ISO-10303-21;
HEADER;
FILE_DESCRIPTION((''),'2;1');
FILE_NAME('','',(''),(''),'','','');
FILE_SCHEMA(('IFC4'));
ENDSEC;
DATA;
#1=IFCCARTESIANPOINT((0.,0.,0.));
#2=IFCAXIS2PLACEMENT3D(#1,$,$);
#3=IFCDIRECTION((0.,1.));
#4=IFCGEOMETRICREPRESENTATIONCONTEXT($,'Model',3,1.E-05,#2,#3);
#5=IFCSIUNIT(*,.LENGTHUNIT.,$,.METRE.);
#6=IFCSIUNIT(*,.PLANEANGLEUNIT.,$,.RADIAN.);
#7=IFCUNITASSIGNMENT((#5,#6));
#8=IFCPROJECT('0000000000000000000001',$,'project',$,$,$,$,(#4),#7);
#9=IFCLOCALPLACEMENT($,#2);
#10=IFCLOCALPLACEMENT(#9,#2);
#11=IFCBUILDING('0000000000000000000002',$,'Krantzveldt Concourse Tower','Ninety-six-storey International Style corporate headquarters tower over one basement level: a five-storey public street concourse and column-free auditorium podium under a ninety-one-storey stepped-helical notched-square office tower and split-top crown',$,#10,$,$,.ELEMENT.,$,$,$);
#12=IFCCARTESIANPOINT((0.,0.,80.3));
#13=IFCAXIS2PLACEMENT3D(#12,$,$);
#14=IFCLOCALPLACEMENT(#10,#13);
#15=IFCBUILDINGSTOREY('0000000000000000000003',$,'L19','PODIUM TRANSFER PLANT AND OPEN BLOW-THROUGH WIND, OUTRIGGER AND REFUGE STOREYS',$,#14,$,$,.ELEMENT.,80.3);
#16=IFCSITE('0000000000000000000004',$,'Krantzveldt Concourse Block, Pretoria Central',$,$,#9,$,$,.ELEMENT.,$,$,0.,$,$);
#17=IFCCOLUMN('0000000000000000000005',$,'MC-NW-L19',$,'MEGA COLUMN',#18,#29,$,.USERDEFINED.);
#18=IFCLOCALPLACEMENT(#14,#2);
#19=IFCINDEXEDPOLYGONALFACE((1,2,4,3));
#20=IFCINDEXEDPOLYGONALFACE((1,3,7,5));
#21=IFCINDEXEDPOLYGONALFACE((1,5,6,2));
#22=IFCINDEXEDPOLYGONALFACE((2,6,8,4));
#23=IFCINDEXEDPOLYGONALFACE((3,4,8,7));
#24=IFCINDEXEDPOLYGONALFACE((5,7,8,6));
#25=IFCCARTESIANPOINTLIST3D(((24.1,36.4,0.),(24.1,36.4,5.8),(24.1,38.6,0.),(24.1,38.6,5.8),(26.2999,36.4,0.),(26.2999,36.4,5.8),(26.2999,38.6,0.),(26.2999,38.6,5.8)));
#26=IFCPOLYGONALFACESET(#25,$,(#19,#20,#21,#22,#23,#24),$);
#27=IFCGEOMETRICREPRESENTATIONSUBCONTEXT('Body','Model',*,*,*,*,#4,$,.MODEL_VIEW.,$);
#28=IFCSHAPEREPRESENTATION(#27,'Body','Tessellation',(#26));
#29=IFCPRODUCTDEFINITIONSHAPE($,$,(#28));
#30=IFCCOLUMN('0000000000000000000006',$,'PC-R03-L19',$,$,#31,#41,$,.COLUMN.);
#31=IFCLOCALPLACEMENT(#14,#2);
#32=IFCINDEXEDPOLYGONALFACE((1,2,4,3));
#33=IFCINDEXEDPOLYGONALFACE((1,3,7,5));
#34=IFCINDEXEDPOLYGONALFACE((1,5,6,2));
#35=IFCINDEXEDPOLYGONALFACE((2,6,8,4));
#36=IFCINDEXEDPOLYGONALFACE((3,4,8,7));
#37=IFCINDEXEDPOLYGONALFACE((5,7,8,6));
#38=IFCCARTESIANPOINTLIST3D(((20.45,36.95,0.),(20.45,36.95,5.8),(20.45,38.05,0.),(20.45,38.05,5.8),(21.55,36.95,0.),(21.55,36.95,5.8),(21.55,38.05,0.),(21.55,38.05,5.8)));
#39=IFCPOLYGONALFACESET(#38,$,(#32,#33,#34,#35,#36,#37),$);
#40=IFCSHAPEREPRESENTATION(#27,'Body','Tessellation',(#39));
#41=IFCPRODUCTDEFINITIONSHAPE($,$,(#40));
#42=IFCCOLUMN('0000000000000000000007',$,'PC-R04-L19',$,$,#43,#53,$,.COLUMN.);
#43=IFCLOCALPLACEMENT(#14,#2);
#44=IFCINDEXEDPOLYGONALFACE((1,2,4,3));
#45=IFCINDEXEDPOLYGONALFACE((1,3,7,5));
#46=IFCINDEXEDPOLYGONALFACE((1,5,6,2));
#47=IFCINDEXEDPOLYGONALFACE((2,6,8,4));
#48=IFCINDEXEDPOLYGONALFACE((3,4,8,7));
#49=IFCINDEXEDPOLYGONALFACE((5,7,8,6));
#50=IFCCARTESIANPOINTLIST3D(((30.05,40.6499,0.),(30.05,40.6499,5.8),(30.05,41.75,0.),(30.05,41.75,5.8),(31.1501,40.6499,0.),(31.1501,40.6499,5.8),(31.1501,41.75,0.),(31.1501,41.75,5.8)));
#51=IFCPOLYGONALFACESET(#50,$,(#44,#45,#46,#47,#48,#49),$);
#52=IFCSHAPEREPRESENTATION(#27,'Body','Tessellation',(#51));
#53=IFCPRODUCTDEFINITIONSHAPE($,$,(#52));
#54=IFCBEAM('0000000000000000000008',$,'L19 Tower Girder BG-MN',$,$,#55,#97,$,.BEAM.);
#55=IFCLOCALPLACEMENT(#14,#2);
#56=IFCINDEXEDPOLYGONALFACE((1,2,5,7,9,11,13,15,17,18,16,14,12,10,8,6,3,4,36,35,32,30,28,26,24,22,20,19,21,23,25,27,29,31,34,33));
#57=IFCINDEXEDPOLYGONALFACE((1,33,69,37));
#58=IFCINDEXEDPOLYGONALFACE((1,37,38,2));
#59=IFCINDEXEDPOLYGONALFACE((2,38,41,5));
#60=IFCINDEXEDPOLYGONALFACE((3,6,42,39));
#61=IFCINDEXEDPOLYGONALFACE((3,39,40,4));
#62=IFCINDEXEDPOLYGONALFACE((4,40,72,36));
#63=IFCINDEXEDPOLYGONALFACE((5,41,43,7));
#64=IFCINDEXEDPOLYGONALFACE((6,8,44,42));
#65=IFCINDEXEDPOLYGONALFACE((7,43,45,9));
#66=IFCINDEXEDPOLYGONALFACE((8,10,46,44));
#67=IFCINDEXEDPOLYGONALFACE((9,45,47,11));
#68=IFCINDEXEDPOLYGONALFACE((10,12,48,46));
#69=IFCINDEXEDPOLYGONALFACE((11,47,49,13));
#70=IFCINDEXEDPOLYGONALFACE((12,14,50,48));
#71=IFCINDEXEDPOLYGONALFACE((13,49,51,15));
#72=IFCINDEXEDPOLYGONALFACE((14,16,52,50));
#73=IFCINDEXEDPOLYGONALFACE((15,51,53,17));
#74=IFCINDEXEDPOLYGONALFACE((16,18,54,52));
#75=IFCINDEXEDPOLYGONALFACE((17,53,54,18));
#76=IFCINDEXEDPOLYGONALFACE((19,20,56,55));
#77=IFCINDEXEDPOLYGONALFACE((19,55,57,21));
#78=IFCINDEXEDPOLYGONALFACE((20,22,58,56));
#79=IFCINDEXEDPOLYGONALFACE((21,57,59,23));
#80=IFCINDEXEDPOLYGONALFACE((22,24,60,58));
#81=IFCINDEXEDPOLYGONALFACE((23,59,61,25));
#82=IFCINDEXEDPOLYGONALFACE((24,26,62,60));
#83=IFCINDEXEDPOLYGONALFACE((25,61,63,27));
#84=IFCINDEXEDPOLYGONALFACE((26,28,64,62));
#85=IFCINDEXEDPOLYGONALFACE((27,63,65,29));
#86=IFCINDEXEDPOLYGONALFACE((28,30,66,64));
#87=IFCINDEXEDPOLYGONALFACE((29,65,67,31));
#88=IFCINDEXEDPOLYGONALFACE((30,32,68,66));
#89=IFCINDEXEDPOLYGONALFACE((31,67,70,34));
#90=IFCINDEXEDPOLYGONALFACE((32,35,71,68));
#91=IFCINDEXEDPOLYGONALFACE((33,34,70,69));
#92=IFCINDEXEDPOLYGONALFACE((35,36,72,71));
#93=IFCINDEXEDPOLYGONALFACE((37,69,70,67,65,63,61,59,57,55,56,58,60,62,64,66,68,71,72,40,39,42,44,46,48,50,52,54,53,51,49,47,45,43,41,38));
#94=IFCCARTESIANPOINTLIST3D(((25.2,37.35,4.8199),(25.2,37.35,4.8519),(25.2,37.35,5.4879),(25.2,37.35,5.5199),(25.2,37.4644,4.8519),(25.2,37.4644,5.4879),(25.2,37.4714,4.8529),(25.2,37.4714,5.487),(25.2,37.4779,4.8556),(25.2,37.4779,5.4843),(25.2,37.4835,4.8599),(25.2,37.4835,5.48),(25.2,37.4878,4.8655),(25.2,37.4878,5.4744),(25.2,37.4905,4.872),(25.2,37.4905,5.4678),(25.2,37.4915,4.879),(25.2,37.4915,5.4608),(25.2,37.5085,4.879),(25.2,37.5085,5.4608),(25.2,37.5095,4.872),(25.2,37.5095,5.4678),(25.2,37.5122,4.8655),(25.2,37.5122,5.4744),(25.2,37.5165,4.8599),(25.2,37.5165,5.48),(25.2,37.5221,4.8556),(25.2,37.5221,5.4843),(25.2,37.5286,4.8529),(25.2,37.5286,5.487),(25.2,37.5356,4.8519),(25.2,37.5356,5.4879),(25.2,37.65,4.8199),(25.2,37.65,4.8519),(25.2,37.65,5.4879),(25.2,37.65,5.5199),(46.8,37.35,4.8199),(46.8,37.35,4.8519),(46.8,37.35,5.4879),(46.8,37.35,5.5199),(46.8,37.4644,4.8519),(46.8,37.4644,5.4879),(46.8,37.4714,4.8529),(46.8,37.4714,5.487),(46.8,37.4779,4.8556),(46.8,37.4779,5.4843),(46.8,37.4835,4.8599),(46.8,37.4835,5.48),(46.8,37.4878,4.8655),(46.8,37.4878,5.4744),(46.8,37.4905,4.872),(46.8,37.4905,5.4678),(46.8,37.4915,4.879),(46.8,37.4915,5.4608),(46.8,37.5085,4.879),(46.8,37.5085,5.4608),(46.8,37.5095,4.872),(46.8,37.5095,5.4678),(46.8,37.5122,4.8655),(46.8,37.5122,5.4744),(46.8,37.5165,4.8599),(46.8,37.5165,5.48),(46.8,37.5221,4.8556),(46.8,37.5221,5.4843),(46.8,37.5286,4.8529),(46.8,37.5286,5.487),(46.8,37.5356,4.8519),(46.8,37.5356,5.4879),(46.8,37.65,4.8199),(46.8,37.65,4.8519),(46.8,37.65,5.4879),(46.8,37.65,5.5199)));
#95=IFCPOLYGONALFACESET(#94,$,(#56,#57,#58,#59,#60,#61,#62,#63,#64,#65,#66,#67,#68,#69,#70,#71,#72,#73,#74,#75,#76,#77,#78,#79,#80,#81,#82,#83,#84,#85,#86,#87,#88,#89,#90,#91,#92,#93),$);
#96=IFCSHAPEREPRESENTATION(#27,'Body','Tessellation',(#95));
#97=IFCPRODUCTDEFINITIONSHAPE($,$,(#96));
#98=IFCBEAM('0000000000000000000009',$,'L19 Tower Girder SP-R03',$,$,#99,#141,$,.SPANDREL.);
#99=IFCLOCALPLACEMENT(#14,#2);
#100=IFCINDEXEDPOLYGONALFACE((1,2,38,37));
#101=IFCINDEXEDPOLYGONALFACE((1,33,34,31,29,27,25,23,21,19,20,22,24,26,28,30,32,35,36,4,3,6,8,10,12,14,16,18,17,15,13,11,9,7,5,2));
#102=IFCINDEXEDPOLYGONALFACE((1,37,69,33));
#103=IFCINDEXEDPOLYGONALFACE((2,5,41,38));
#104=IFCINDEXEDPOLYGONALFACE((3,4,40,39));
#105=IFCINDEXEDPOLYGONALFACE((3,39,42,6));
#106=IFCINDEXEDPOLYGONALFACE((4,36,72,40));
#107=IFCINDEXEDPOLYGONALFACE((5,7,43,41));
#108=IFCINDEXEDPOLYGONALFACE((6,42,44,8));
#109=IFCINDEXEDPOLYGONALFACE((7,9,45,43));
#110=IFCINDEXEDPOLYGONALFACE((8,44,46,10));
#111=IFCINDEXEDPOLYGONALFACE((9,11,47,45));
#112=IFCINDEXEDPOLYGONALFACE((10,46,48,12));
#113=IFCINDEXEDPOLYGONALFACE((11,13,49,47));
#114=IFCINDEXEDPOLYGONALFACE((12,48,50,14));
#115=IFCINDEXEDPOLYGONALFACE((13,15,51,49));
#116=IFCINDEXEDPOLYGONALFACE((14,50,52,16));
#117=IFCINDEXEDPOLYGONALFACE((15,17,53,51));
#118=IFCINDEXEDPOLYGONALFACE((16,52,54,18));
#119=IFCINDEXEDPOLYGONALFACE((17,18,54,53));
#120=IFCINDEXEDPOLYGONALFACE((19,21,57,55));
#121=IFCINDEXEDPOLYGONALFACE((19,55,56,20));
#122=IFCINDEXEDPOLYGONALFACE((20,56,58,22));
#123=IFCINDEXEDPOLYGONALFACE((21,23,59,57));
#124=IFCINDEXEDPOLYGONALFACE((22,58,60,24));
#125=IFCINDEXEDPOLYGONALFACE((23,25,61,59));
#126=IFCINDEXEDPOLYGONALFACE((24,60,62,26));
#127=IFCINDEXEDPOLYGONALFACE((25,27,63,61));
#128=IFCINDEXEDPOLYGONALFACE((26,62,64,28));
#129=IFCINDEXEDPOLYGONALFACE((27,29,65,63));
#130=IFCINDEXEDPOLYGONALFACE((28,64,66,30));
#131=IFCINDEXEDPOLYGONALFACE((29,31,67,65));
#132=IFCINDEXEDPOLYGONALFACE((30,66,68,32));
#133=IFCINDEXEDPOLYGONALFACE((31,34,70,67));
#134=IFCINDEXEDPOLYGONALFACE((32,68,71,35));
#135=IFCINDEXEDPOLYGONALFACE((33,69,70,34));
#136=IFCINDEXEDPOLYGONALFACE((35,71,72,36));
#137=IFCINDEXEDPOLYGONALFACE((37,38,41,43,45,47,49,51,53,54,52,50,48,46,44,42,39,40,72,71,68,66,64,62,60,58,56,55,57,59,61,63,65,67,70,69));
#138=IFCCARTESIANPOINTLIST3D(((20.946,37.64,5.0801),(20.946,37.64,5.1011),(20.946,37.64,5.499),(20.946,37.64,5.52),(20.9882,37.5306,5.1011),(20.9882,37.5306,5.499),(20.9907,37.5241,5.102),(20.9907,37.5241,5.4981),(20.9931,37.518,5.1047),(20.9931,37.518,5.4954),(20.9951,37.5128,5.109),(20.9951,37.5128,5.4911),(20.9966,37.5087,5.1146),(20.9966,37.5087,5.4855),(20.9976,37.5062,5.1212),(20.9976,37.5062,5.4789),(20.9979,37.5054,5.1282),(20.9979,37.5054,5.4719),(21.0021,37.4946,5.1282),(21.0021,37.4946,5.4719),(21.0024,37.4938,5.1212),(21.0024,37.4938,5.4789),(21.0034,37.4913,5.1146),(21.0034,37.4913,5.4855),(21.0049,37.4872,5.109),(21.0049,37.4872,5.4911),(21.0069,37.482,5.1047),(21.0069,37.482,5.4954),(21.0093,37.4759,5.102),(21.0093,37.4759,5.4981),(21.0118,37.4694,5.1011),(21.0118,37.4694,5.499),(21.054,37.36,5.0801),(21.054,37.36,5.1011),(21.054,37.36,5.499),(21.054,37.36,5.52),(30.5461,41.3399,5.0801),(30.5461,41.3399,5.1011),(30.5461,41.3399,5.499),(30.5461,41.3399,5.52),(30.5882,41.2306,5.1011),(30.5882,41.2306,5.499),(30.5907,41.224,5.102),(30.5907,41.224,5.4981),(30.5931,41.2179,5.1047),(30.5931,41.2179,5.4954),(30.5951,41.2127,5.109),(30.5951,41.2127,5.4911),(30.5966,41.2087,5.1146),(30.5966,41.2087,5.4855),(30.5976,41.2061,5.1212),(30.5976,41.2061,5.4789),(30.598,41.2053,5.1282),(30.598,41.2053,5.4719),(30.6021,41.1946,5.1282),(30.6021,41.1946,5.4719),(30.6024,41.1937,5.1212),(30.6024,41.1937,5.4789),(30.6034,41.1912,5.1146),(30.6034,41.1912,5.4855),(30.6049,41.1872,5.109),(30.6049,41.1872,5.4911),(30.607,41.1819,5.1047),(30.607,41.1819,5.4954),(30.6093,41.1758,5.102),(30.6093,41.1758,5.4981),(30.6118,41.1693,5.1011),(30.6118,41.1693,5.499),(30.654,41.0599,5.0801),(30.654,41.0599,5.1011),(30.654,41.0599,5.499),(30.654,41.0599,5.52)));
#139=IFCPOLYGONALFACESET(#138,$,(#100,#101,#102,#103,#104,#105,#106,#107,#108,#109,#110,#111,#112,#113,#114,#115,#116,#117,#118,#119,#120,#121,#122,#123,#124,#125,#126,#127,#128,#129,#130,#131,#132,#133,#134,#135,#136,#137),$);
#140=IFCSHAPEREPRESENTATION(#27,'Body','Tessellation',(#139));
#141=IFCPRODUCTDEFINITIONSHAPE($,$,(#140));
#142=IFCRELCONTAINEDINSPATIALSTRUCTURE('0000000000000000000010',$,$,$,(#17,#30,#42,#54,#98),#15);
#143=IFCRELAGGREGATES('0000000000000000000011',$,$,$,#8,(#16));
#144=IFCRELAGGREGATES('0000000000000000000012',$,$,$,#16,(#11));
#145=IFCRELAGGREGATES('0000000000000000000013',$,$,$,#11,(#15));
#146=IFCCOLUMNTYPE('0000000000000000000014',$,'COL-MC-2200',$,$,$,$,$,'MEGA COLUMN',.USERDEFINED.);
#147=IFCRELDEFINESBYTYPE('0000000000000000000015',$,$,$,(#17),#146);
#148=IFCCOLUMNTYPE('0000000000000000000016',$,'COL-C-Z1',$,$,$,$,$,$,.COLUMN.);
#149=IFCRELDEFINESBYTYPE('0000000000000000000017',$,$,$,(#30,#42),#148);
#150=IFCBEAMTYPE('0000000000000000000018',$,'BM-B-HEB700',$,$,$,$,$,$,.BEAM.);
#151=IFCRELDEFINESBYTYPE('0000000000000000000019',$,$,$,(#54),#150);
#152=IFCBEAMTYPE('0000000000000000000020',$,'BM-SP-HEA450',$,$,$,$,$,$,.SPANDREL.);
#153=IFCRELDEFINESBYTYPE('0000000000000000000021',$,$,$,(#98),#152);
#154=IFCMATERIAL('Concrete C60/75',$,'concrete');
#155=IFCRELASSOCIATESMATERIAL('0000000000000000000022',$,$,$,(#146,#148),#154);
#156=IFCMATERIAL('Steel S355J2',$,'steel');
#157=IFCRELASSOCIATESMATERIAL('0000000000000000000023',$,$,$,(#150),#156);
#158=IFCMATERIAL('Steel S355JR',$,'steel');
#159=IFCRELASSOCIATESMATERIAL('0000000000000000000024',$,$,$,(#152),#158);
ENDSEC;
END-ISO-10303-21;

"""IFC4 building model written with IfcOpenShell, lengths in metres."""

from ifc_helpers import new_model, si_unit, direction, frame, origin, origin_2d, place, context, subcontext, project, spatial, rectangle, i_section, extrude, source, transform, mapped, material, material_profile, profile_set, type_object, type_shapes, element, save


model = new_model("IFC4")

# Units and contexts
model_context = context("Model", 3, precision=1e-05, world=origin(), true_north=direction((0.0, 1.0)))
body_context = subcontext(model_context, "Body", "Model", "MODEL_VIEW")
ifc_project = project(units=[si_unit("LENGTHUNIT", "METRE"), si_unit("PLANEANGLEUNIT", "RADIAN")], contexts=[model_context])

# Site, building, storey
site_placement = place(None, origin())
site = spatial("IfcSite", under=ifc_project, at=site_placement, Name="Krantzveldt Concourse Block, Pretoria Central", CompositionType="ELEMENT", RefElevation=0.0)
building_placement = place(site_placement, origin())
building = spatial("IfcBuilding", under=site, at=building_placement, Name="Krantzveldt Concourse Tower", Description="Ninety-six-storey International Style corporate headquarters tower over one basement level: a five-storey public street concourse and column-free auditorium podium under a ninety-one-storey stepped-helical notched-square office tower and split-top crown", CompositionType="ELEMENT")
storey_placement = place(building_placement, frame((0.0, 0.0, 80.3)))
storey = spatial("IfcBuildingStorey", under=building, at=storey_placement, Name="L19", Description="PODIUM TRANSFER PLANT AND OPEN BLOW-THROUGH WIND, OUTRIGGER AND REFUGE STOREYS", CompositionType="ELEMENT", Elevation=80.3)

# Columns
ifc_material_1 = material(Name="Concrete C60/75", Category="concrete")
ifc_material_profile_1 = material_profile(ifc_material_1, rectangle(XDim=2.2, YDim=2.2, at=origin_2d()), Name="Concrete C60/75", Category="concrete")
ifc_profile_set_1 = profile_set([ifc_material_profile_1], Name="Concrete C60/75 - RC 2200x2200")
column_type_1 = type_object("IfcColumnType", Name="COL-MC-2200", ElementType="MEGA COLUMN", PredefinedType="USERDEFINED", material=ifc_profile_set_1)
shared_shape_1 = source(origin(), body_context, "Body", "SweptSolid", [
    extrude(rectangle(XDim=2.2, YDim=2.2, at=origin_2d()), origin(), (0.0, 0.0, 1.0), 5.8),
])
type_shapes(column_type_1, [shared_shape_1])
column_placement = place(storey_placement, frame((25.2, 37.5, 0.0), z_axis=(0.0, 0.0, 1.0), x_axis=(1.0, 0.0, 0.0)))
element("IfcColumn", 1, at=column_placement, inside=storey, type_object=column_type_1, Name="MC-NW-L19", ObjectType="MEGA COLUMN", PredefinedType="USERDEFINED", context=body_context, shape_type="MappedRepresentation", body=[
    mapped(shared_shape_1, transform((0.0, 0.0, 0.0), x_axis=(1.0, 0.0, 0.0), y_axis=(0.0, 1.0, 0.0), z_axis=(0.0, 0.0, 1.0), scale=1.0)),
])
ifc_material_profile_2 = material_profile(ifc_material_1, rectangle(XDim=1.1001, YDim=1.1001, at=origin_2d()), Name="Concrete C60/75", Category="concrete")
ifc_profile_set_2 = profile_set([ifc_material_profile_2], Name="Concrete C60/75 - RC 1100x1100")
column_type_2 = type_object("IfcColumnType", Name="COL-C-Z1", PredefinedType="COLUMN", material=ifc_profile_set_2)
shared_shape_2 = source(origin(), body_context, "Body", "SweptSolid", [
    extrude(rectangle(XDim=1.1001, YDim=1.1001, at=origin_2d()), origin(), (0.0, 0.0, 1.0), 5.8),
])
type_shapes(column_type_2, [shared_shape_2])
for number, where, z_axis, x_axis, name in (
    (2, (21.0, 37.5, 0.0), (0.0, 0.0, 1.0), (1.0, 0.0, 0.0), "PC-R03-L19"),
    (3, (30.6001, 41.2, 0.0), (0.0, 0.0, 1.0), (1.0, 0.0, 0.0), "PC-R04-L19"),
):
    element("IfcColumn", number, at=place(storey_placement, frame(where, z_axis=z_axis, x_axis=x_axis)), inside=storey, type_object=column_type_2, Name=name, PredefinedType="COLUMN", context=body_context, shape_type="MappedRepresentation", body=[
        mapped(shared_shape_2, transform((0.0, 0.0, 0.0), x_axis=(1.0, 0.0, 0.0), y_axis=(0.0, 1.0, 0.0), z_axis=(0.0, 0.0, 1.0), scale=1.0)),
    ])

# Beams
ifc_material_2 = material(Name="Steel S355J2", Category="steel")
ifc_material_profile_3 = material_profile(ifc_material_2, i_section(OverallWidth=0.3, OverallDepth=0.7, WebThickness=0.0171, FlangeThickness=0.032, FilletRadius=0.0271, at=origin_2d()), Name="Steel S355J2", Category="steel")
ifc_profile_set_3 = profile_set([ifc_material_profile_3], Name="Steel S355J2 - HEB 700")
beam_type_1 = type_object("IfcBeamType", Name="BM-B-HEB700", PredefinedType="BEAM", material=ifc_profile_set_3)
shared_shape_3 = source(origin(), body_context, "Body", "SweptSolid", [
    extrude(i_section(OverallWidth=0.3, OverallDepth=0.7, WebThickness=0.0171, FlangeThickness=0.032, FilletRadius=0.0271, at=origin_2d()), origin(), (0.0, 0.0, 1.0), 21.6001),
])
type_shapes(beam_type_1, [shared_shape_3])
beam_1_placement = place(storey_placement, frame((25.2, 37.5, 5.1699), z_axis=(1.0, 0.0, 0.0), x_axis=(0.0, 1.0, 0.0)))
element("IfcBeam", 4, at=beam_1_placement, inside=storey, type_object=beam_type_1, Name="L19 Tower Girder BG-MN", PredefinedType="BEAM", context=body_context, shape_type="MappedRepresentation", body=[
    mapped(shared_shape_3, transform((0.0, 0.0, 0.0), x_axis=(1.0, 0.0, 0.0), y_axis=(0.0, 1.0, 0.0), z_axis=(0.0, 0.0, 1.0), scale=1.0)),
])
ifc_material_3 = material(Name="Steel S355JR", Category="steel")
ifc_material_profile_4 = material_profile(ifc_material_3, i_section(OverallWidth=0.3, OverallDepth=0.4399, WebThickness=0.0115, FlangeThickness=0.021, FilletRadius=0.0271, at=origin_2d()), Name="Steel S355JR", Category="steel")
ifc_profile_set_4 = profile_set([ifc_material_profile_4], Name="Steel S355JR - HEA 450")
beam_type_2 = type_object("IfcBeamType", Name="BM-SP-HEA450", PredefinedType="SPANDREL", material=ifc_profile_set_4)
shared_shape_4 = source(origin(), body_context, "Body", "SweptSolid", [
    extrude(i_section(OverallWidth=0.3, OverallDepth=0.4399, WebThickness=0.0115, FlangeThickness=0.021, FilletRadius=0.0271, at=origin_2d()), origin(), (0.0, 0.0, 1.0), 10.2883),
])
beam_2_placement = place(storey_placement, frame((21.0, 37.5, 5.3), z_axis=(0.933098, 0.359623, 0.0), x_axis=(-0.359623, 0.933098, 0.0)))
element("IfcBeam", 5, at=beam_2_placement, inside=storey, type_object=beam_type_2, Name="L19 Tower Girder SP-R03", PredefinedType="SPANDREL", context=body_context, shape_type="MappedRepresentation", body=[
    mapped(shared_shape_4, transform((0.0, 0.0, 0.0), x_axis=(1.0, 0.0, 0.0), y_axis=(0.0, 1.0, 0.0), z_axis=(0.0, 0.0, 1.0), scale=1.0)),
])

save(model, "model.ifc")
